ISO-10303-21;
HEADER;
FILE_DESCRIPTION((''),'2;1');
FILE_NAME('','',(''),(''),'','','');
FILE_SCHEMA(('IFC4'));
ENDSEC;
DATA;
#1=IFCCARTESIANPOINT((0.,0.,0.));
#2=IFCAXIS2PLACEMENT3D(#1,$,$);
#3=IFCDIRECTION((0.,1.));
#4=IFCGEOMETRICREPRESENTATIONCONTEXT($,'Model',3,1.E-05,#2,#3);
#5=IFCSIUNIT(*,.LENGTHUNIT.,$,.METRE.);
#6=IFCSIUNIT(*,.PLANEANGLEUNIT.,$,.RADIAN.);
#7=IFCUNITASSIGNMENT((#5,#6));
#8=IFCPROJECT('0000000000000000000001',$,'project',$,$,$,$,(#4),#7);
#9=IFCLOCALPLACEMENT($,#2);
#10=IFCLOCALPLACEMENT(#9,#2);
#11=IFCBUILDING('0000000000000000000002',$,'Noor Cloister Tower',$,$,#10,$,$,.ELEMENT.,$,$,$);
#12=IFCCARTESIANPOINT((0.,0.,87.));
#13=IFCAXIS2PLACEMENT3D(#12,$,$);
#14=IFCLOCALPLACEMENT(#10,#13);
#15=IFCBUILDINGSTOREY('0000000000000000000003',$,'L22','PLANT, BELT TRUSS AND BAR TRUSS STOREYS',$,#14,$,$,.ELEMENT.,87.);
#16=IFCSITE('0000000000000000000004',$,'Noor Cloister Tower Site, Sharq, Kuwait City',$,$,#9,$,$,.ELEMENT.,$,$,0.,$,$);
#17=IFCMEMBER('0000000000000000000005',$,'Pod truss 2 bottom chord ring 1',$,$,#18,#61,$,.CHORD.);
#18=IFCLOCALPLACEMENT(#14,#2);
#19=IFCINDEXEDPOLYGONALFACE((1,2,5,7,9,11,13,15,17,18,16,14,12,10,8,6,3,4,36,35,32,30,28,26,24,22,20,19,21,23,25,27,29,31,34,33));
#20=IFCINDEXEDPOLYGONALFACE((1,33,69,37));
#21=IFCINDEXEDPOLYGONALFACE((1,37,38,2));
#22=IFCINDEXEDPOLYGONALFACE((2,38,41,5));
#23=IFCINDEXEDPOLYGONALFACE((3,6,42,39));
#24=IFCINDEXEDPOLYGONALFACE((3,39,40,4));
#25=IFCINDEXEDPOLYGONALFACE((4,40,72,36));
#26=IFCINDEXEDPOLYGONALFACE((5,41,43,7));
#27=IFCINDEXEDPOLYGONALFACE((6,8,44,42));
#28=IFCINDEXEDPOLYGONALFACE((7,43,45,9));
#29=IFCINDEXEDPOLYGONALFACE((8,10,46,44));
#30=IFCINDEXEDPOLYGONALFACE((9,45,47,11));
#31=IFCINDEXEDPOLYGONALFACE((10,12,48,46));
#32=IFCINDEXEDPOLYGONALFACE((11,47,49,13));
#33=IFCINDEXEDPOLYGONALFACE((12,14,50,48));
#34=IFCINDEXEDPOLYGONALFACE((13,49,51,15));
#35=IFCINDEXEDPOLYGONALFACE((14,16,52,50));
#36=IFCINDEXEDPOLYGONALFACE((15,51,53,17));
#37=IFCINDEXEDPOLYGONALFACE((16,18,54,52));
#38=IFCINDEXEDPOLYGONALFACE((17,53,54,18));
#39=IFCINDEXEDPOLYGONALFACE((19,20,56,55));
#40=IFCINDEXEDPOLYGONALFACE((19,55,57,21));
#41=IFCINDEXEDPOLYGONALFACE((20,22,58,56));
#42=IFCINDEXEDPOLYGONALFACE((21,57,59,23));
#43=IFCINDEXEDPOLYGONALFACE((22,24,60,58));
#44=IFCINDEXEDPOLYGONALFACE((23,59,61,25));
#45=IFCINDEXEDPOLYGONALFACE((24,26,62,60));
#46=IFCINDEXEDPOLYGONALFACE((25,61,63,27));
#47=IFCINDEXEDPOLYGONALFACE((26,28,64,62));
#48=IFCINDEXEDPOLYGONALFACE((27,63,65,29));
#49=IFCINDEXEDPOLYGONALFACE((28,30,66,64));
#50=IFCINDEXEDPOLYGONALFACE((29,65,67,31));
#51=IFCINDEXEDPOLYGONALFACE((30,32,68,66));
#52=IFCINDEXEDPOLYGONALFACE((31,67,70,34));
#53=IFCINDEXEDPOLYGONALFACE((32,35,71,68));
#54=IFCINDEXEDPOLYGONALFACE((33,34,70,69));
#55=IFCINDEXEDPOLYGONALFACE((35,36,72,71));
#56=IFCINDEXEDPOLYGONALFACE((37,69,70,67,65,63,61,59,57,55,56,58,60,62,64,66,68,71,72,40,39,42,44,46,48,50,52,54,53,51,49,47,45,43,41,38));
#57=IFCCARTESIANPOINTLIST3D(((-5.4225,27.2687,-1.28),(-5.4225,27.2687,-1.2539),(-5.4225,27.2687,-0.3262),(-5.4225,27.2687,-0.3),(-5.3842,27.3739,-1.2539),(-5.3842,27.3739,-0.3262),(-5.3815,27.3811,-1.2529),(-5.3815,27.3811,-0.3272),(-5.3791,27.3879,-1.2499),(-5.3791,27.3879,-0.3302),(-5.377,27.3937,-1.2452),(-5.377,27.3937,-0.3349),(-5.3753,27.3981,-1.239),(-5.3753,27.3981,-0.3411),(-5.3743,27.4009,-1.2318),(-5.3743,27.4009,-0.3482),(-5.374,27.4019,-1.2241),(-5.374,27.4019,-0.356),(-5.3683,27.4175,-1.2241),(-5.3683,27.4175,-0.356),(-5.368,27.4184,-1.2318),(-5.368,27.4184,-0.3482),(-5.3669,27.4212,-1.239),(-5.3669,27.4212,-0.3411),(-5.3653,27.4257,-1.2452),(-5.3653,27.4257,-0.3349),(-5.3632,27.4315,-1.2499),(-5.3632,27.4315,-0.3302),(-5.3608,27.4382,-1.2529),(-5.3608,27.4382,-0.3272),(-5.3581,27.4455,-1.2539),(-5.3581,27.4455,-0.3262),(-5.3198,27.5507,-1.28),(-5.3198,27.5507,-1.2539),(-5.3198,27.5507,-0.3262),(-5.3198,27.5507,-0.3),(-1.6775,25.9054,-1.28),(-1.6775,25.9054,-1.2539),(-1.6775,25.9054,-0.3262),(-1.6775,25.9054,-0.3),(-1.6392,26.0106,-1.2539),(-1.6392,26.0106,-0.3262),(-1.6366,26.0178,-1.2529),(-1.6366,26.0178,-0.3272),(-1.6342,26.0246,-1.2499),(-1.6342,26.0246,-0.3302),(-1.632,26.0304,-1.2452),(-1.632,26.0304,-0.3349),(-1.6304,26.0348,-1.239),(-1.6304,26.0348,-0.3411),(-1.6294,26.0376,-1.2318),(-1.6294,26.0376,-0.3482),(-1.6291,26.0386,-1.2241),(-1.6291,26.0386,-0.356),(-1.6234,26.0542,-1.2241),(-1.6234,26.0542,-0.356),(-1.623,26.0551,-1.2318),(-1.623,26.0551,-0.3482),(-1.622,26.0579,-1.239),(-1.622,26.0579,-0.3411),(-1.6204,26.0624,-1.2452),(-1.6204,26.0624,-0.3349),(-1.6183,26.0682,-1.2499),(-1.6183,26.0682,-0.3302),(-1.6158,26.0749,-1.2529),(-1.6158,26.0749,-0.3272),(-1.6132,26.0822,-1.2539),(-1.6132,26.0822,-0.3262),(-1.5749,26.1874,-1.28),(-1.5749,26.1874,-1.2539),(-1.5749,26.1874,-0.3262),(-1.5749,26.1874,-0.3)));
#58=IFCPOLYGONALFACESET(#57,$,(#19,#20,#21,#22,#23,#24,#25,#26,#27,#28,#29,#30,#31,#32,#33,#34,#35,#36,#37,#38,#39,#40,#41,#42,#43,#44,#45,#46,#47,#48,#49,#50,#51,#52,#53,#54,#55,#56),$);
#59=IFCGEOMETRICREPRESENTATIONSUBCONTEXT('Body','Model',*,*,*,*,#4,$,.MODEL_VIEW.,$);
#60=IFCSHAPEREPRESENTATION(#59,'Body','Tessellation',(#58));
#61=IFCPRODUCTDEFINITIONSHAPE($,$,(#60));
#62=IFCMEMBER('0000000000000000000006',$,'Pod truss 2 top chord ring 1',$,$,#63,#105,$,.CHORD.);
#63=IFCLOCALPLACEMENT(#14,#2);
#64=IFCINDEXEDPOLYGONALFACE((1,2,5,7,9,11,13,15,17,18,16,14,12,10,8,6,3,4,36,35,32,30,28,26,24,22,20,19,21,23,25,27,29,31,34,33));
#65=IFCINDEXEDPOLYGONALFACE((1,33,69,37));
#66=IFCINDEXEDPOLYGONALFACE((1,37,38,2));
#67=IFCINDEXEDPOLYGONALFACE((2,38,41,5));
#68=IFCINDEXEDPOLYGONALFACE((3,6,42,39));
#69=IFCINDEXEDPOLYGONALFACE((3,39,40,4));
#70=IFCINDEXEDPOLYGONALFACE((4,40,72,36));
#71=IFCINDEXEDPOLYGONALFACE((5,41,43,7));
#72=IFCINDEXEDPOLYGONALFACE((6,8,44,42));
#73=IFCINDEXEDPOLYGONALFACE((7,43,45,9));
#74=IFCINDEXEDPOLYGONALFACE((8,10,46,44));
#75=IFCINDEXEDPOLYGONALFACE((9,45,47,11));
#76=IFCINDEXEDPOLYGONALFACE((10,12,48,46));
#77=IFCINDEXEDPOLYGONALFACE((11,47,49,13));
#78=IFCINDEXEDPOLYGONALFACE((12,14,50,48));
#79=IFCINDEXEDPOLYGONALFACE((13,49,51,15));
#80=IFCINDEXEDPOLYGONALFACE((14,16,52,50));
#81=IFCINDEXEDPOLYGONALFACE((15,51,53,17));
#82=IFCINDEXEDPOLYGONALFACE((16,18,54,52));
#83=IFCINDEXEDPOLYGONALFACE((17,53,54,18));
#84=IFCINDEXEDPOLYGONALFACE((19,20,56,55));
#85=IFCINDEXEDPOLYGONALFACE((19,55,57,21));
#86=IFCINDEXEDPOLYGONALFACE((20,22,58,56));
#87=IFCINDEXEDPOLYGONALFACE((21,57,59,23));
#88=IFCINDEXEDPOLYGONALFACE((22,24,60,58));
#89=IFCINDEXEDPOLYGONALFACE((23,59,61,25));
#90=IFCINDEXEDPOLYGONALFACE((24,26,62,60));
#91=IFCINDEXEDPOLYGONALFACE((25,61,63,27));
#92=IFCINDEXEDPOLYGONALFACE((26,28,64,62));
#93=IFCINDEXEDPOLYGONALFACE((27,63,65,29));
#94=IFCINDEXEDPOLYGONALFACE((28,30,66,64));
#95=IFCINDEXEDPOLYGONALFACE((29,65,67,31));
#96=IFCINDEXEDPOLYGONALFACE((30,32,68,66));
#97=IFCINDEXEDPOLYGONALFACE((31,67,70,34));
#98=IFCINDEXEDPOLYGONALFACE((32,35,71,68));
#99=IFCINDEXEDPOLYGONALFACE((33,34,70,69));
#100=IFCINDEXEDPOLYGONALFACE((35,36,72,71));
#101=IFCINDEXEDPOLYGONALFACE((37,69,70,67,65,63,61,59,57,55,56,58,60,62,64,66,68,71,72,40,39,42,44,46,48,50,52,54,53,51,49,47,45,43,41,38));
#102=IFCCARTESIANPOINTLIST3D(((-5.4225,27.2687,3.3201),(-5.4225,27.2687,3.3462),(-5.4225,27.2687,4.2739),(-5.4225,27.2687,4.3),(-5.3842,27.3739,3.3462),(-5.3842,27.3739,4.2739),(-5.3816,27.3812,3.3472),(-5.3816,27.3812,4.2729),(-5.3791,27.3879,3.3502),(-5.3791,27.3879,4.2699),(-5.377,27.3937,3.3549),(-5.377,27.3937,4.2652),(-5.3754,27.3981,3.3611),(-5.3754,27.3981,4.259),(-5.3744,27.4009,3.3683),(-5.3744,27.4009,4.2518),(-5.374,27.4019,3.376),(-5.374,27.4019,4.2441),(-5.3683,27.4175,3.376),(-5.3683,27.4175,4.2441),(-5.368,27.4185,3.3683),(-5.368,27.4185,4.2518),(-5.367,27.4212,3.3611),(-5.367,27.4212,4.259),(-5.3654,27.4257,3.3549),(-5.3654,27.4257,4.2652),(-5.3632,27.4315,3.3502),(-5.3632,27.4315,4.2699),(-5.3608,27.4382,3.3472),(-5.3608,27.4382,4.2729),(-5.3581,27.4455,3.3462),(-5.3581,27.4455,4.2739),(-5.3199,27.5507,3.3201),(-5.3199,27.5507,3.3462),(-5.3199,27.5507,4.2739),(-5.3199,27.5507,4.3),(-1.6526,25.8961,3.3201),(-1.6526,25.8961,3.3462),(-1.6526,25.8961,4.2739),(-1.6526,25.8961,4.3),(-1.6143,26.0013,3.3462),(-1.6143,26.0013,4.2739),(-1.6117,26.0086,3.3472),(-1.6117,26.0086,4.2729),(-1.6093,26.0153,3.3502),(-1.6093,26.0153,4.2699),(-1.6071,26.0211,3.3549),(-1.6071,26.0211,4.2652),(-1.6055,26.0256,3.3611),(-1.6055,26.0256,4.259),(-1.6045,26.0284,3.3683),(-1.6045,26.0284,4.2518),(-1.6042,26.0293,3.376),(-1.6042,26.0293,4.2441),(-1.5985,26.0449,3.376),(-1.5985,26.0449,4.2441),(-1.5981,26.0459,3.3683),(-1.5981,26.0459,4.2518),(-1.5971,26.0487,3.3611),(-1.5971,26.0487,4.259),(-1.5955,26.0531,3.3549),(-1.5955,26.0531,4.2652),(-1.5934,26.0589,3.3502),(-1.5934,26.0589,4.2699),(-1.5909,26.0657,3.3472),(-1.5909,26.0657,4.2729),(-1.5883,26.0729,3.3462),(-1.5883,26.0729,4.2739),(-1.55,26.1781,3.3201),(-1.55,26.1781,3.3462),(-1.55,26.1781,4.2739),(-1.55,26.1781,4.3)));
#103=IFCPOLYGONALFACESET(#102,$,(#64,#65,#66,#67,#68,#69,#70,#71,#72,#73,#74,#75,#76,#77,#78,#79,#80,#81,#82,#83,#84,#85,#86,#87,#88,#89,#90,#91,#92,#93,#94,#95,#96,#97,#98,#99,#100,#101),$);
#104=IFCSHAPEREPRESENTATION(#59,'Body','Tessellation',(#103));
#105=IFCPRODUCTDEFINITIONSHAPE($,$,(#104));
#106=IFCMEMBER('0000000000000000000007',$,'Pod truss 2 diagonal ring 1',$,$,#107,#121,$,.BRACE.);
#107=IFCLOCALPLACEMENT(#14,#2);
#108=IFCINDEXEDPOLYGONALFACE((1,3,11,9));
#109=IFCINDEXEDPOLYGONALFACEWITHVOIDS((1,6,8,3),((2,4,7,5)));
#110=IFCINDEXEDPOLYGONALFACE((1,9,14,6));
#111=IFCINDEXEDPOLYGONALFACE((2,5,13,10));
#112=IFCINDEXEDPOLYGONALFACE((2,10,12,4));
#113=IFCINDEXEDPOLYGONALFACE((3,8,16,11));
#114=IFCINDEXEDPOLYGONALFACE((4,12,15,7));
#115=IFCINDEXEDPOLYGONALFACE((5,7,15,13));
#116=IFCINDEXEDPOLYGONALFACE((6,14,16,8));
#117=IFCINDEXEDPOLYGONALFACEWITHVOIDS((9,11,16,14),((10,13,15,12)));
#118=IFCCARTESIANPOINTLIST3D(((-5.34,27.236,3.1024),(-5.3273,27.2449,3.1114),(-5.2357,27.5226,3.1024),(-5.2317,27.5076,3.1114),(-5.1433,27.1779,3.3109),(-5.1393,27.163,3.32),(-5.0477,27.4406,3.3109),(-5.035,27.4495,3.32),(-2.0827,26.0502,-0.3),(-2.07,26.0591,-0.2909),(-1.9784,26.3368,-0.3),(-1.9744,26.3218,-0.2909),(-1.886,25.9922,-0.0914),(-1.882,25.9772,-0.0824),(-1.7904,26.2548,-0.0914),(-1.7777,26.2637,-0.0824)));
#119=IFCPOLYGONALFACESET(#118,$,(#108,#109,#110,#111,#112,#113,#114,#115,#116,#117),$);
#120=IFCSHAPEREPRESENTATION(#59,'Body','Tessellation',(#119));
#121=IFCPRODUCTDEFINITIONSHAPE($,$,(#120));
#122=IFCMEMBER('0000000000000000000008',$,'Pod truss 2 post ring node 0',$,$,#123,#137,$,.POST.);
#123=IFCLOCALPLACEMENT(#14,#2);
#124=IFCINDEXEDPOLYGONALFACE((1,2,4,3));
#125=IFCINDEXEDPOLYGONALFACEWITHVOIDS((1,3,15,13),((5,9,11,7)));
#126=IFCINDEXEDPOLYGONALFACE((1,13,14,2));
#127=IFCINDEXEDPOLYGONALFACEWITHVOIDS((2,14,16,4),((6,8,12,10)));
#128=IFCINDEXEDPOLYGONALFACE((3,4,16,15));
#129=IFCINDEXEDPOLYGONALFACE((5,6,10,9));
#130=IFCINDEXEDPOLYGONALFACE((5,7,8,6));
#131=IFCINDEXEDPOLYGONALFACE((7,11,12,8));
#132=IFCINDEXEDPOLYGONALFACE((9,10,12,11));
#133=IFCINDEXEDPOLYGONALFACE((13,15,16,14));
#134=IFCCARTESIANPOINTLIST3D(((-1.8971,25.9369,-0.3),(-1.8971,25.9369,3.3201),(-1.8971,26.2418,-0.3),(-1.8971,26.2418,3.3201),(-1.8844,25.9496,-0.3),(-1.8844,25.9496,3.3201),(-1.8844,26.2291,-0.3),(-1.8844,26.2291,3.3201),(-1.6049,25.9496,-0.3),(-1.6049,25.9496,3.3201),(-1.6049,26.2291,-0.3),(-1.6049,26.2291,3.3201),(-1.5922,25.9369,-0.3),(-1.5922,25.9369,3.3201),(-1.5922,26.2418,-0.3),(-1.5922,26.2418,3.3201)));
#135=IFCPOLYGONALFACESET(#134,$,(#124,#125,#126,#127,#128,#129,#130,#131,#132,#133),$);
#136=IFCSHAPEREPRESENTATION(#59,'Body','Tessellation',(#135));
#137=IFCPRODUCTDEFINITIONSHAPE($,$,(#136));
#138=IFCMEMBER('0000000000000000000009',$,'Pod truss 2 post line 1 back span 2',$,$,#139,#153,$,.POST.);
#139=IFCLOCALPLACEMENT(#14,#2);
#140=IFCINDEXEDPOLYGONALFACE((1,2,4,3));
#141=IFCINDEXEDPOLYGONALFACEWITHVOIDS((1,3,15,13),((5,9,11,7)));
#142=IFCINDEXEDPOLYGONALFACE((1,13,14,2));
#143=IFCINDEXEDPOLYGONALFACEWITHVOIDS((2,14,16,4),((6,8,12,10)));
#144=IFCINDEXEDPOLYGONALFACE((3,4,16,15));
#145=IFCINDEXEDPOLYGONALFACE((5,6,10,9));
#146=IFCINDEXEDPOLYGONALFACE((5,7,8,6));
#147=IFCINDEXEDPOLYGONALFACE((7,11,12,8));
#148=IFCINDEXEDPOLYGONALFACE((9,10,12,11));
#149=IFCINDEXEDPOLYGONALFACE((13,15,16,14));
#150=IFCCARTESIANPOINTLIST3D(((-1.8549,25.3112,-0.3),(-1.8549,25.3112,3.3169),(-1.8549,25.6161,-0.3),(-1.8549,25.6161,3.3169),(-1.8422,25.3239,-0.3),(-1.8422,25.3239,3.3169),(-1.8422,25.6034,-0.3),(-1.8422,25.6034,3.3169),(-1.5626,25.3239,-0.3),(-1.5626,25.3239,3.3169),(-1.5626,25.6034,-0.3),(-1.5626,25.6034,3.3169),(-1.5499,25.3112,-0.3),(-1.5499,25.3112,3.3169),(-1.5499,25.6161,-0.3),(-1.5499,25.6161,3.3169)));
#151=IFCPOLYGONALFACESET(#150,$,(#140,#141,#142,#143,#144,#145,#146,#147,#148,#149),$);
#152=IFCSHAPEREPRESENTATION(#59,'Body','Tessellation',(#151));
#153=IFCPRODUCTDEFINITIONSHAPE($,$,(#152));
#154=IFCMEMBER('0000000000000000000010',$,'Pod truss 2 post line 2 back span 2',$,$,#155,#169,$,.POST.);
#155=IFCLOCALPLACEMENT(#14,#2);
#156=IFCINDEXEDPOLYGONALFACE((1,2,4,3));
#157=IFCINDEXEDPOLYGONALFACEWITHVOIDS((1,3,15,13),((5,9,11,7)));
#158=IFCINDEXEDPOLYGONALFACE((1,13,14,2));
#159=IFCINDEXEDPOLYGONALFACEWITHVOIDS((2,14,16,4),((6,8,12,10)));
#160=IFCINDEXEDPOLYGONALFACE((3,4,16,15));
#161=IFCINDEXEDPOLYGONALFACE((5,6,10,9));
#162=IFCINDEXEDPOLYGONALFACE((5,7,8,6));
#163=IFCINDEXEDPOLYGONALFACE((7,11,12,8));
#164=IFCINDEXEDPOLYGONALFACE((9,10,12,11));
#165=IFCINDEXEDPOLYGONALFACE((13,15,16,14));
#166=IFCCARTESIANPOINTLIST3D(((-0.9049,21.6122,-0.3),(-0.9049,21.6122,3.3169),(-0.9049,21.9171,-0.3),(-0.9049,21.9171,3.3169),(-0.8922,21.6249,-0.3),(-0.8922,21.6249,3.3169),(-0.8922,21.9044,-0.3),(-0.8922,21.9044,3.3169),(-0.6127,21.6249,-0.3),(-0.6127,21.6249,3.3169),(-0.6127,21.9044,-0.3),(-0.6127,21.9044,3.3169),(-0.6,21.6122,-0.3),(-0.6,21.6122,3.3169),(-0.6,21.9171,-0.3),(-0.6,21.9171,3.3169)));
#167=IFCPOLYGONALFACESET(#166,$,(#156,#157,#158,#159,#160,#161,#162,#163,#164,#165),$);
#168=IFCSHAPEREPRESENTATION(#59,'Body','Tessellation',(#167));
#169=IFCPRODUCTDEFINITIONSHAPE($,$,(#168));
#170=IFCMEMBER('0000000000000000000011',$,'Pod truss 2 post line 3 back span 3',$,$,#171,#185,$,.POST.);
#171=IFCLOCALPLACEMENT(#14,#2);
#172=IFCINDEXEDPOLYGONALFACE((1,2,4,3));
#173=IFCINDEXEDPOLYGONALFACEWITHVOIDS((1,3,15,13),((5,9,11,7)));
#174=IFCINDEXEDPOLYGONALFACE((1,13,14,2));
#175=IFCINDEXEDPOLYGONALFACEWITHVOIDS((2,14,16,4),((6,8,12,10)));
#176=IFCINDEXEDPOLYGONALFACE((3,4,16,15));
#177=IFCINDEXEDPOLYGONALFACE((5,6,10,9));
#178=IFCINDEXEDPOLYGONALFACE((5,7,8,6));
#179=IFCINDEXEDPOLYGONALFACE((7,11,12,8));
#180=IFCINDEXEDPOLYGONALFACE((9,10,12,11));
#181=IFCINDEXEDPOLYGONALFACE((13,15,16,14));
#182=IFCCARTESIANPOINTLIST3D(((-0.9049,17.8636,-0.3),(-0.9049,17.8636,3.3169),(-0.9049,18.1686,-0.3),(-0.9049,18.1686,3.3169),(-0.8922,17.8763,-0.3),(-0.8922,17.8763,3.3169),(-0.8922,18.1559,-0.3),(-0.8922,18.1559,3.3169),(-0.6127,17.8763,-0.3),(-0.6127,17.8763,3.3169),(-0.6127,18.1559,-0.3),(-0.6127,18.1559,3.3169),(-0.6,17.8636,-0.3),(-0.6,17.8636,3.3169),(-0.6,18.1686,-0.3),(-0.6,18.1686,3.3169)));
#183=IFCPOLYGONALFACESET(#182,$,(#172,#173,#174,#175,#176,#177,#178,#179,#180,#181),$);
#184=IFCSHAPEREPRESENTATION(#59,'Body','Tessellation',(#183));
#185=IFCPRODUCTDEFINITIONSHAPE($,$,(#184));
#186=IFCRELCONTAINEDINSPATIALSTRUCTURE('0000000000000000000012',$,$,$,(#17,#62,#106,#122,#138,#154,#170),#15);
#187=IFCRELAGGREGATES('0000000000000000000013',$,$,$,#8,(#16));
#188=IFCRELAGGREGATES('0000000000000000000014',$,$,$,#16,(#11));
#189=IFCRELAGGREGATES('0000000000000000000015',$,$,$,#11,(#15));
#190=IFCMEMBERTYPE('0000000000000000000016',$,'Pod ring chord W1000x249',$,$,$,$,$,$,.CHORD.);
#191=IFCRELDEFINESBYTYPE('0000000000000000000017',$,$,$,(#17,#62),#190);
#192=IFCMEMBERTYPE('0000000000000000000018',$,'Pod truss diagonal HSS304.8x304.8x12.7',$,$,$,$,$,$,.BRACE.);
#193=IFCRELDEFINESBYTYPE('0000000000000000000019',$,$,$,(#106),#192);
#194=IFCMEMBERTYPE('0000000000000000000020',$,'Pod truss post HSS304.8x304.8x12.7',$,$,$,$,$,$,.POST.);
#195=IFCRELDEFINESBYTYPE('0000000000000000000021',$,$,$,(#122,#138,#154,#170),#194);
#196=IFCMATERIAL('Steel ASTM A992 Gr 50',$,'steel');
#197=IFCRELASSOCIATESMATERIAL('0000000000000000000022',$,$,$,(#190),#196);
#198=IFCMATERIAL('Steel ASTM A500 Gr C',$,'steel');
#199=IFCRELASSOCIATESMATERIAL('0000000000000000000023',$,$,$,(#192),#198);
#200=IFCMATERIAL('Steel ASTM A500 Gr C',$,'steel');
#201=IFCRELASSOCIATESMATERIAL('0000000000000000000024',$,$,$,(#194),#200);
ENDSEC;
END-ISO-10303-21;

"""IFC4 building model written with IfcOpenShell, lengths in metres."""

from ifc_helpers import new_model, si_unit, direction, frame, origin, origin_2d, place, context, subcontext, project, spatial, hollow_rectangle, i_section, extrude, material, material_profile, profile_set, type_object, element, save


model = new_model("IFC4")

# Units and contexts
model_context = context("Model", 3, precision=1e-05, world=origin(), true_north=direction((0.0, 1.0)))
body_context = subcontext(model_context, "Body", "Model", "MODEL_VIEW")
ifc_project = project(units=[si_unit("LENGTHUNIT", "METRE"), si_unit("PLANEANGLEUNIT", "RADIAN")], contexts=[model_context])

# Site, building, storey
site_placement = place(None, origin())
site = spatial("IfcSite", under=ifc_project, at=site_placement, Name="Noor Cloister Tower Site, Sharq, Kuwait City", CompositionType="ELEMENT", RefElevation=0.0)
building_placement = place(site_placement, origin())
building = spatial("IfcBuilding", under=site, at=building_placement, Name="Noor Cloister Tower", CompositionType="ELEMENT")
storey_placement = place(building_placement, frame((0.0, 0.0, 87.0)))
storey = spatial("IfcBuildingStorey", under=building, at=storey_placement, Name="L22", Description="PLANT, BELT TRUSS AND BAR TRUSS STOREYS", CompositionType="ELEMENT", Elevation=87.0)

# Members
ifc_material_1 = material(Name="Steel ASTM A992 Gr 50", Category="steel")
ifc_material_profile_1 = material_profile(ifc_material_1, i_section(OverallWidth=0.3, OverallDepth=0.98, WebThickness=0.0166, FlangeThickness=0.0261, FilletRadius=0.0298, at=origin_2d()), Name="W1000x249")
ifc_profile_set_1 = profile_set([ifc_material_profile_1], Name="Steel ASTM A992 Gr 50")
member_type_1 = type_object("IfcMemberType", Name="Pod ring chord W1000x249", PredefinedType="CHORD", material=ifc_profile_set_1)
member_1_placement = place(storey_placement, frame((-1.6262, 26.0464, -0.79), z_axis=(-0.939672, 0.342078, 0.0), x_axis=(-0.342078, -0.939672, 0.0)))
element("IfcMember", 1, at=member_1_placement, inside=storey, type_object=member_type_1, Name="Pod truss 2 bottom chord ring 1", PredefinedType="CHORD", context=body_context, shape_type="SweptSolid", body=[
    extrude(i_section(OverallWidth=0.3, OverallDepth=0.98, WebThickness=0.0166, FlangeThickness=0.0261, FilletRadius=0.0298, at=origin_2d()), origin(), (0.0, 0.0, 1.0), 3.9854),
])
member_2_placement = place(storey_placement, frame((-1.6013, 26.0371, 3.8101), z_axis=(-0.939655, 0.342124, 0.0), x_axis=(-0.342124, -0.939655, 0.0)))
element("IfcMember", 2, at=member_2_placement, inside=storey, type_object=member_type_1, Name="Pod truss 2 top chord ring 1", PredefinedType="CHORD", context=body_context, shape_type="SweptSolid", body=[
    extrude(i_section(OverallWidth=0.3, OverallDepth=0.98, WebThickness=0.0166, FlangeThickness=0.0261, FilletRadius=0.0298, at=origin_2d()), origin(), (0.0, 0.0, 1.0), 4.012),
])
ifc_material_2 = material(Name="Steel ASTM A500 Gr C", Category="steel")
ifc_material_profile_2 = material_profile(ifc_material_2, hollow_rectangle(XDim=0.3049, YDim=0.3049, WallThickness=0.0127, at=origin_2d()), Name="HSS304.8x304.8x12.7")
ifc_profile_set_2 = profile_set([ifc_material_profile_2], Name="Steel ASTM A500 Gr C")
member_type_2 = type_object("IfcMemberType", Name="Pod truss diagonal HSS304.8x304.8x12.7", PredefinedType="BRACE", material=ifc_profile_set_2)
member_3_placement = place(storey_placement, frame((-1.9302, 26.157, -0.1912), z_axis=(-0.67062, 0.244132, 0.700477), x_axis=(-0.342077, -0.939672, 0.0)))
element("IfcMember", 3, at=member_3_placement, inside=storey, type_object=member_type_2, Name="Pod truss 2 diagonal ring 1", PredefinedType="BRACE", context=body_context, shape_type="SweptSolid", body=[
    extrude(hollow_rectangle(XDim=0.3049, YDim=0.3049, WallThickness=0.0127, at=origin_2d()), origin(), (0.0, 0.0, 1.0), 4.8572),
])
ifc_material_3 = material(Name="Steel ASTM A500 Gr C", Category="steel")
ifc_material_profile_3 = material_profile(ifc_material_3, hollow_rectangle(XDim=0.3049, YDim=0.3049, WallThickness=0.0127, at=origin_2d()), Name="HSS304.8x304.8x12.7")
ifc_profile_set_3 = profile_set([ifc_material_profile_3], Name="Steel ASTM A500 Gr C")
member_type_3 = type_object("IfcMemberType", Name="Pod truss post HSS304.8x304.8x12.7", PredefinedType="POST", material=ifc_profile_set_3)
member_4_placement = place(storey_placement, frame((-1.7446, 26.0894, -0.3), z_axis=(0.0, 0.0, 1.0), x_axis=(1.0, 0.0, 0.0)))
element("IfcMember", 4, at=member_4_placement, inside=storey, type_object=member_type_3, Name="Pod truss 2 post ring node 0", PredefinedType="POST", context=body_context, shape_type="SweptSolid", body=[
    extrude(hollow_rectangle(XDim=0.3049, YDim=0.3049, WallThickness=0.0127, at=origin_2d()), origin(), (0.0, 0.0, 1.0), 3.6201),
])
for number, where, z_axis, x_axis, name in (
    (5, (-1.7024, 25.4636, -0.3), (0.0, 0.0, 1.0), (1.0, 0.0, 0.0), "Pod truss 2 post line 1 back span 2"),
    (6, (-0.7524, 21.7646, -0.3), (0.0, 0.0, 1.0), (1.0, 0.0, 0.0), "Pod truss 2 post line 2 back span 2"),
    (7, (-0.7524, 18.0161, -0.3), (0.0, 0.0, 1.0), (1.0, 0.0, 0.0), "Pod truss 2 post line 3 back span 3"),
):
    element("IfcMember", number, at=place(storey_placement, frame(where, z_axis=z_axis, x_axis=x_axis)), inside=storey, type_object=member_type_3, Name=name, PredefinedType="POST", context=body_context, shape_type="SweptSolid", body=[
        extrude(hollow_rectangle(XDim=0.3049, YDim=0.3049, WallThickness=0.0127, at=origin_2d()), origin(), (0.0, 0.0, 1.0), 3.6169),
    ])

save(model, "model.ifc")
